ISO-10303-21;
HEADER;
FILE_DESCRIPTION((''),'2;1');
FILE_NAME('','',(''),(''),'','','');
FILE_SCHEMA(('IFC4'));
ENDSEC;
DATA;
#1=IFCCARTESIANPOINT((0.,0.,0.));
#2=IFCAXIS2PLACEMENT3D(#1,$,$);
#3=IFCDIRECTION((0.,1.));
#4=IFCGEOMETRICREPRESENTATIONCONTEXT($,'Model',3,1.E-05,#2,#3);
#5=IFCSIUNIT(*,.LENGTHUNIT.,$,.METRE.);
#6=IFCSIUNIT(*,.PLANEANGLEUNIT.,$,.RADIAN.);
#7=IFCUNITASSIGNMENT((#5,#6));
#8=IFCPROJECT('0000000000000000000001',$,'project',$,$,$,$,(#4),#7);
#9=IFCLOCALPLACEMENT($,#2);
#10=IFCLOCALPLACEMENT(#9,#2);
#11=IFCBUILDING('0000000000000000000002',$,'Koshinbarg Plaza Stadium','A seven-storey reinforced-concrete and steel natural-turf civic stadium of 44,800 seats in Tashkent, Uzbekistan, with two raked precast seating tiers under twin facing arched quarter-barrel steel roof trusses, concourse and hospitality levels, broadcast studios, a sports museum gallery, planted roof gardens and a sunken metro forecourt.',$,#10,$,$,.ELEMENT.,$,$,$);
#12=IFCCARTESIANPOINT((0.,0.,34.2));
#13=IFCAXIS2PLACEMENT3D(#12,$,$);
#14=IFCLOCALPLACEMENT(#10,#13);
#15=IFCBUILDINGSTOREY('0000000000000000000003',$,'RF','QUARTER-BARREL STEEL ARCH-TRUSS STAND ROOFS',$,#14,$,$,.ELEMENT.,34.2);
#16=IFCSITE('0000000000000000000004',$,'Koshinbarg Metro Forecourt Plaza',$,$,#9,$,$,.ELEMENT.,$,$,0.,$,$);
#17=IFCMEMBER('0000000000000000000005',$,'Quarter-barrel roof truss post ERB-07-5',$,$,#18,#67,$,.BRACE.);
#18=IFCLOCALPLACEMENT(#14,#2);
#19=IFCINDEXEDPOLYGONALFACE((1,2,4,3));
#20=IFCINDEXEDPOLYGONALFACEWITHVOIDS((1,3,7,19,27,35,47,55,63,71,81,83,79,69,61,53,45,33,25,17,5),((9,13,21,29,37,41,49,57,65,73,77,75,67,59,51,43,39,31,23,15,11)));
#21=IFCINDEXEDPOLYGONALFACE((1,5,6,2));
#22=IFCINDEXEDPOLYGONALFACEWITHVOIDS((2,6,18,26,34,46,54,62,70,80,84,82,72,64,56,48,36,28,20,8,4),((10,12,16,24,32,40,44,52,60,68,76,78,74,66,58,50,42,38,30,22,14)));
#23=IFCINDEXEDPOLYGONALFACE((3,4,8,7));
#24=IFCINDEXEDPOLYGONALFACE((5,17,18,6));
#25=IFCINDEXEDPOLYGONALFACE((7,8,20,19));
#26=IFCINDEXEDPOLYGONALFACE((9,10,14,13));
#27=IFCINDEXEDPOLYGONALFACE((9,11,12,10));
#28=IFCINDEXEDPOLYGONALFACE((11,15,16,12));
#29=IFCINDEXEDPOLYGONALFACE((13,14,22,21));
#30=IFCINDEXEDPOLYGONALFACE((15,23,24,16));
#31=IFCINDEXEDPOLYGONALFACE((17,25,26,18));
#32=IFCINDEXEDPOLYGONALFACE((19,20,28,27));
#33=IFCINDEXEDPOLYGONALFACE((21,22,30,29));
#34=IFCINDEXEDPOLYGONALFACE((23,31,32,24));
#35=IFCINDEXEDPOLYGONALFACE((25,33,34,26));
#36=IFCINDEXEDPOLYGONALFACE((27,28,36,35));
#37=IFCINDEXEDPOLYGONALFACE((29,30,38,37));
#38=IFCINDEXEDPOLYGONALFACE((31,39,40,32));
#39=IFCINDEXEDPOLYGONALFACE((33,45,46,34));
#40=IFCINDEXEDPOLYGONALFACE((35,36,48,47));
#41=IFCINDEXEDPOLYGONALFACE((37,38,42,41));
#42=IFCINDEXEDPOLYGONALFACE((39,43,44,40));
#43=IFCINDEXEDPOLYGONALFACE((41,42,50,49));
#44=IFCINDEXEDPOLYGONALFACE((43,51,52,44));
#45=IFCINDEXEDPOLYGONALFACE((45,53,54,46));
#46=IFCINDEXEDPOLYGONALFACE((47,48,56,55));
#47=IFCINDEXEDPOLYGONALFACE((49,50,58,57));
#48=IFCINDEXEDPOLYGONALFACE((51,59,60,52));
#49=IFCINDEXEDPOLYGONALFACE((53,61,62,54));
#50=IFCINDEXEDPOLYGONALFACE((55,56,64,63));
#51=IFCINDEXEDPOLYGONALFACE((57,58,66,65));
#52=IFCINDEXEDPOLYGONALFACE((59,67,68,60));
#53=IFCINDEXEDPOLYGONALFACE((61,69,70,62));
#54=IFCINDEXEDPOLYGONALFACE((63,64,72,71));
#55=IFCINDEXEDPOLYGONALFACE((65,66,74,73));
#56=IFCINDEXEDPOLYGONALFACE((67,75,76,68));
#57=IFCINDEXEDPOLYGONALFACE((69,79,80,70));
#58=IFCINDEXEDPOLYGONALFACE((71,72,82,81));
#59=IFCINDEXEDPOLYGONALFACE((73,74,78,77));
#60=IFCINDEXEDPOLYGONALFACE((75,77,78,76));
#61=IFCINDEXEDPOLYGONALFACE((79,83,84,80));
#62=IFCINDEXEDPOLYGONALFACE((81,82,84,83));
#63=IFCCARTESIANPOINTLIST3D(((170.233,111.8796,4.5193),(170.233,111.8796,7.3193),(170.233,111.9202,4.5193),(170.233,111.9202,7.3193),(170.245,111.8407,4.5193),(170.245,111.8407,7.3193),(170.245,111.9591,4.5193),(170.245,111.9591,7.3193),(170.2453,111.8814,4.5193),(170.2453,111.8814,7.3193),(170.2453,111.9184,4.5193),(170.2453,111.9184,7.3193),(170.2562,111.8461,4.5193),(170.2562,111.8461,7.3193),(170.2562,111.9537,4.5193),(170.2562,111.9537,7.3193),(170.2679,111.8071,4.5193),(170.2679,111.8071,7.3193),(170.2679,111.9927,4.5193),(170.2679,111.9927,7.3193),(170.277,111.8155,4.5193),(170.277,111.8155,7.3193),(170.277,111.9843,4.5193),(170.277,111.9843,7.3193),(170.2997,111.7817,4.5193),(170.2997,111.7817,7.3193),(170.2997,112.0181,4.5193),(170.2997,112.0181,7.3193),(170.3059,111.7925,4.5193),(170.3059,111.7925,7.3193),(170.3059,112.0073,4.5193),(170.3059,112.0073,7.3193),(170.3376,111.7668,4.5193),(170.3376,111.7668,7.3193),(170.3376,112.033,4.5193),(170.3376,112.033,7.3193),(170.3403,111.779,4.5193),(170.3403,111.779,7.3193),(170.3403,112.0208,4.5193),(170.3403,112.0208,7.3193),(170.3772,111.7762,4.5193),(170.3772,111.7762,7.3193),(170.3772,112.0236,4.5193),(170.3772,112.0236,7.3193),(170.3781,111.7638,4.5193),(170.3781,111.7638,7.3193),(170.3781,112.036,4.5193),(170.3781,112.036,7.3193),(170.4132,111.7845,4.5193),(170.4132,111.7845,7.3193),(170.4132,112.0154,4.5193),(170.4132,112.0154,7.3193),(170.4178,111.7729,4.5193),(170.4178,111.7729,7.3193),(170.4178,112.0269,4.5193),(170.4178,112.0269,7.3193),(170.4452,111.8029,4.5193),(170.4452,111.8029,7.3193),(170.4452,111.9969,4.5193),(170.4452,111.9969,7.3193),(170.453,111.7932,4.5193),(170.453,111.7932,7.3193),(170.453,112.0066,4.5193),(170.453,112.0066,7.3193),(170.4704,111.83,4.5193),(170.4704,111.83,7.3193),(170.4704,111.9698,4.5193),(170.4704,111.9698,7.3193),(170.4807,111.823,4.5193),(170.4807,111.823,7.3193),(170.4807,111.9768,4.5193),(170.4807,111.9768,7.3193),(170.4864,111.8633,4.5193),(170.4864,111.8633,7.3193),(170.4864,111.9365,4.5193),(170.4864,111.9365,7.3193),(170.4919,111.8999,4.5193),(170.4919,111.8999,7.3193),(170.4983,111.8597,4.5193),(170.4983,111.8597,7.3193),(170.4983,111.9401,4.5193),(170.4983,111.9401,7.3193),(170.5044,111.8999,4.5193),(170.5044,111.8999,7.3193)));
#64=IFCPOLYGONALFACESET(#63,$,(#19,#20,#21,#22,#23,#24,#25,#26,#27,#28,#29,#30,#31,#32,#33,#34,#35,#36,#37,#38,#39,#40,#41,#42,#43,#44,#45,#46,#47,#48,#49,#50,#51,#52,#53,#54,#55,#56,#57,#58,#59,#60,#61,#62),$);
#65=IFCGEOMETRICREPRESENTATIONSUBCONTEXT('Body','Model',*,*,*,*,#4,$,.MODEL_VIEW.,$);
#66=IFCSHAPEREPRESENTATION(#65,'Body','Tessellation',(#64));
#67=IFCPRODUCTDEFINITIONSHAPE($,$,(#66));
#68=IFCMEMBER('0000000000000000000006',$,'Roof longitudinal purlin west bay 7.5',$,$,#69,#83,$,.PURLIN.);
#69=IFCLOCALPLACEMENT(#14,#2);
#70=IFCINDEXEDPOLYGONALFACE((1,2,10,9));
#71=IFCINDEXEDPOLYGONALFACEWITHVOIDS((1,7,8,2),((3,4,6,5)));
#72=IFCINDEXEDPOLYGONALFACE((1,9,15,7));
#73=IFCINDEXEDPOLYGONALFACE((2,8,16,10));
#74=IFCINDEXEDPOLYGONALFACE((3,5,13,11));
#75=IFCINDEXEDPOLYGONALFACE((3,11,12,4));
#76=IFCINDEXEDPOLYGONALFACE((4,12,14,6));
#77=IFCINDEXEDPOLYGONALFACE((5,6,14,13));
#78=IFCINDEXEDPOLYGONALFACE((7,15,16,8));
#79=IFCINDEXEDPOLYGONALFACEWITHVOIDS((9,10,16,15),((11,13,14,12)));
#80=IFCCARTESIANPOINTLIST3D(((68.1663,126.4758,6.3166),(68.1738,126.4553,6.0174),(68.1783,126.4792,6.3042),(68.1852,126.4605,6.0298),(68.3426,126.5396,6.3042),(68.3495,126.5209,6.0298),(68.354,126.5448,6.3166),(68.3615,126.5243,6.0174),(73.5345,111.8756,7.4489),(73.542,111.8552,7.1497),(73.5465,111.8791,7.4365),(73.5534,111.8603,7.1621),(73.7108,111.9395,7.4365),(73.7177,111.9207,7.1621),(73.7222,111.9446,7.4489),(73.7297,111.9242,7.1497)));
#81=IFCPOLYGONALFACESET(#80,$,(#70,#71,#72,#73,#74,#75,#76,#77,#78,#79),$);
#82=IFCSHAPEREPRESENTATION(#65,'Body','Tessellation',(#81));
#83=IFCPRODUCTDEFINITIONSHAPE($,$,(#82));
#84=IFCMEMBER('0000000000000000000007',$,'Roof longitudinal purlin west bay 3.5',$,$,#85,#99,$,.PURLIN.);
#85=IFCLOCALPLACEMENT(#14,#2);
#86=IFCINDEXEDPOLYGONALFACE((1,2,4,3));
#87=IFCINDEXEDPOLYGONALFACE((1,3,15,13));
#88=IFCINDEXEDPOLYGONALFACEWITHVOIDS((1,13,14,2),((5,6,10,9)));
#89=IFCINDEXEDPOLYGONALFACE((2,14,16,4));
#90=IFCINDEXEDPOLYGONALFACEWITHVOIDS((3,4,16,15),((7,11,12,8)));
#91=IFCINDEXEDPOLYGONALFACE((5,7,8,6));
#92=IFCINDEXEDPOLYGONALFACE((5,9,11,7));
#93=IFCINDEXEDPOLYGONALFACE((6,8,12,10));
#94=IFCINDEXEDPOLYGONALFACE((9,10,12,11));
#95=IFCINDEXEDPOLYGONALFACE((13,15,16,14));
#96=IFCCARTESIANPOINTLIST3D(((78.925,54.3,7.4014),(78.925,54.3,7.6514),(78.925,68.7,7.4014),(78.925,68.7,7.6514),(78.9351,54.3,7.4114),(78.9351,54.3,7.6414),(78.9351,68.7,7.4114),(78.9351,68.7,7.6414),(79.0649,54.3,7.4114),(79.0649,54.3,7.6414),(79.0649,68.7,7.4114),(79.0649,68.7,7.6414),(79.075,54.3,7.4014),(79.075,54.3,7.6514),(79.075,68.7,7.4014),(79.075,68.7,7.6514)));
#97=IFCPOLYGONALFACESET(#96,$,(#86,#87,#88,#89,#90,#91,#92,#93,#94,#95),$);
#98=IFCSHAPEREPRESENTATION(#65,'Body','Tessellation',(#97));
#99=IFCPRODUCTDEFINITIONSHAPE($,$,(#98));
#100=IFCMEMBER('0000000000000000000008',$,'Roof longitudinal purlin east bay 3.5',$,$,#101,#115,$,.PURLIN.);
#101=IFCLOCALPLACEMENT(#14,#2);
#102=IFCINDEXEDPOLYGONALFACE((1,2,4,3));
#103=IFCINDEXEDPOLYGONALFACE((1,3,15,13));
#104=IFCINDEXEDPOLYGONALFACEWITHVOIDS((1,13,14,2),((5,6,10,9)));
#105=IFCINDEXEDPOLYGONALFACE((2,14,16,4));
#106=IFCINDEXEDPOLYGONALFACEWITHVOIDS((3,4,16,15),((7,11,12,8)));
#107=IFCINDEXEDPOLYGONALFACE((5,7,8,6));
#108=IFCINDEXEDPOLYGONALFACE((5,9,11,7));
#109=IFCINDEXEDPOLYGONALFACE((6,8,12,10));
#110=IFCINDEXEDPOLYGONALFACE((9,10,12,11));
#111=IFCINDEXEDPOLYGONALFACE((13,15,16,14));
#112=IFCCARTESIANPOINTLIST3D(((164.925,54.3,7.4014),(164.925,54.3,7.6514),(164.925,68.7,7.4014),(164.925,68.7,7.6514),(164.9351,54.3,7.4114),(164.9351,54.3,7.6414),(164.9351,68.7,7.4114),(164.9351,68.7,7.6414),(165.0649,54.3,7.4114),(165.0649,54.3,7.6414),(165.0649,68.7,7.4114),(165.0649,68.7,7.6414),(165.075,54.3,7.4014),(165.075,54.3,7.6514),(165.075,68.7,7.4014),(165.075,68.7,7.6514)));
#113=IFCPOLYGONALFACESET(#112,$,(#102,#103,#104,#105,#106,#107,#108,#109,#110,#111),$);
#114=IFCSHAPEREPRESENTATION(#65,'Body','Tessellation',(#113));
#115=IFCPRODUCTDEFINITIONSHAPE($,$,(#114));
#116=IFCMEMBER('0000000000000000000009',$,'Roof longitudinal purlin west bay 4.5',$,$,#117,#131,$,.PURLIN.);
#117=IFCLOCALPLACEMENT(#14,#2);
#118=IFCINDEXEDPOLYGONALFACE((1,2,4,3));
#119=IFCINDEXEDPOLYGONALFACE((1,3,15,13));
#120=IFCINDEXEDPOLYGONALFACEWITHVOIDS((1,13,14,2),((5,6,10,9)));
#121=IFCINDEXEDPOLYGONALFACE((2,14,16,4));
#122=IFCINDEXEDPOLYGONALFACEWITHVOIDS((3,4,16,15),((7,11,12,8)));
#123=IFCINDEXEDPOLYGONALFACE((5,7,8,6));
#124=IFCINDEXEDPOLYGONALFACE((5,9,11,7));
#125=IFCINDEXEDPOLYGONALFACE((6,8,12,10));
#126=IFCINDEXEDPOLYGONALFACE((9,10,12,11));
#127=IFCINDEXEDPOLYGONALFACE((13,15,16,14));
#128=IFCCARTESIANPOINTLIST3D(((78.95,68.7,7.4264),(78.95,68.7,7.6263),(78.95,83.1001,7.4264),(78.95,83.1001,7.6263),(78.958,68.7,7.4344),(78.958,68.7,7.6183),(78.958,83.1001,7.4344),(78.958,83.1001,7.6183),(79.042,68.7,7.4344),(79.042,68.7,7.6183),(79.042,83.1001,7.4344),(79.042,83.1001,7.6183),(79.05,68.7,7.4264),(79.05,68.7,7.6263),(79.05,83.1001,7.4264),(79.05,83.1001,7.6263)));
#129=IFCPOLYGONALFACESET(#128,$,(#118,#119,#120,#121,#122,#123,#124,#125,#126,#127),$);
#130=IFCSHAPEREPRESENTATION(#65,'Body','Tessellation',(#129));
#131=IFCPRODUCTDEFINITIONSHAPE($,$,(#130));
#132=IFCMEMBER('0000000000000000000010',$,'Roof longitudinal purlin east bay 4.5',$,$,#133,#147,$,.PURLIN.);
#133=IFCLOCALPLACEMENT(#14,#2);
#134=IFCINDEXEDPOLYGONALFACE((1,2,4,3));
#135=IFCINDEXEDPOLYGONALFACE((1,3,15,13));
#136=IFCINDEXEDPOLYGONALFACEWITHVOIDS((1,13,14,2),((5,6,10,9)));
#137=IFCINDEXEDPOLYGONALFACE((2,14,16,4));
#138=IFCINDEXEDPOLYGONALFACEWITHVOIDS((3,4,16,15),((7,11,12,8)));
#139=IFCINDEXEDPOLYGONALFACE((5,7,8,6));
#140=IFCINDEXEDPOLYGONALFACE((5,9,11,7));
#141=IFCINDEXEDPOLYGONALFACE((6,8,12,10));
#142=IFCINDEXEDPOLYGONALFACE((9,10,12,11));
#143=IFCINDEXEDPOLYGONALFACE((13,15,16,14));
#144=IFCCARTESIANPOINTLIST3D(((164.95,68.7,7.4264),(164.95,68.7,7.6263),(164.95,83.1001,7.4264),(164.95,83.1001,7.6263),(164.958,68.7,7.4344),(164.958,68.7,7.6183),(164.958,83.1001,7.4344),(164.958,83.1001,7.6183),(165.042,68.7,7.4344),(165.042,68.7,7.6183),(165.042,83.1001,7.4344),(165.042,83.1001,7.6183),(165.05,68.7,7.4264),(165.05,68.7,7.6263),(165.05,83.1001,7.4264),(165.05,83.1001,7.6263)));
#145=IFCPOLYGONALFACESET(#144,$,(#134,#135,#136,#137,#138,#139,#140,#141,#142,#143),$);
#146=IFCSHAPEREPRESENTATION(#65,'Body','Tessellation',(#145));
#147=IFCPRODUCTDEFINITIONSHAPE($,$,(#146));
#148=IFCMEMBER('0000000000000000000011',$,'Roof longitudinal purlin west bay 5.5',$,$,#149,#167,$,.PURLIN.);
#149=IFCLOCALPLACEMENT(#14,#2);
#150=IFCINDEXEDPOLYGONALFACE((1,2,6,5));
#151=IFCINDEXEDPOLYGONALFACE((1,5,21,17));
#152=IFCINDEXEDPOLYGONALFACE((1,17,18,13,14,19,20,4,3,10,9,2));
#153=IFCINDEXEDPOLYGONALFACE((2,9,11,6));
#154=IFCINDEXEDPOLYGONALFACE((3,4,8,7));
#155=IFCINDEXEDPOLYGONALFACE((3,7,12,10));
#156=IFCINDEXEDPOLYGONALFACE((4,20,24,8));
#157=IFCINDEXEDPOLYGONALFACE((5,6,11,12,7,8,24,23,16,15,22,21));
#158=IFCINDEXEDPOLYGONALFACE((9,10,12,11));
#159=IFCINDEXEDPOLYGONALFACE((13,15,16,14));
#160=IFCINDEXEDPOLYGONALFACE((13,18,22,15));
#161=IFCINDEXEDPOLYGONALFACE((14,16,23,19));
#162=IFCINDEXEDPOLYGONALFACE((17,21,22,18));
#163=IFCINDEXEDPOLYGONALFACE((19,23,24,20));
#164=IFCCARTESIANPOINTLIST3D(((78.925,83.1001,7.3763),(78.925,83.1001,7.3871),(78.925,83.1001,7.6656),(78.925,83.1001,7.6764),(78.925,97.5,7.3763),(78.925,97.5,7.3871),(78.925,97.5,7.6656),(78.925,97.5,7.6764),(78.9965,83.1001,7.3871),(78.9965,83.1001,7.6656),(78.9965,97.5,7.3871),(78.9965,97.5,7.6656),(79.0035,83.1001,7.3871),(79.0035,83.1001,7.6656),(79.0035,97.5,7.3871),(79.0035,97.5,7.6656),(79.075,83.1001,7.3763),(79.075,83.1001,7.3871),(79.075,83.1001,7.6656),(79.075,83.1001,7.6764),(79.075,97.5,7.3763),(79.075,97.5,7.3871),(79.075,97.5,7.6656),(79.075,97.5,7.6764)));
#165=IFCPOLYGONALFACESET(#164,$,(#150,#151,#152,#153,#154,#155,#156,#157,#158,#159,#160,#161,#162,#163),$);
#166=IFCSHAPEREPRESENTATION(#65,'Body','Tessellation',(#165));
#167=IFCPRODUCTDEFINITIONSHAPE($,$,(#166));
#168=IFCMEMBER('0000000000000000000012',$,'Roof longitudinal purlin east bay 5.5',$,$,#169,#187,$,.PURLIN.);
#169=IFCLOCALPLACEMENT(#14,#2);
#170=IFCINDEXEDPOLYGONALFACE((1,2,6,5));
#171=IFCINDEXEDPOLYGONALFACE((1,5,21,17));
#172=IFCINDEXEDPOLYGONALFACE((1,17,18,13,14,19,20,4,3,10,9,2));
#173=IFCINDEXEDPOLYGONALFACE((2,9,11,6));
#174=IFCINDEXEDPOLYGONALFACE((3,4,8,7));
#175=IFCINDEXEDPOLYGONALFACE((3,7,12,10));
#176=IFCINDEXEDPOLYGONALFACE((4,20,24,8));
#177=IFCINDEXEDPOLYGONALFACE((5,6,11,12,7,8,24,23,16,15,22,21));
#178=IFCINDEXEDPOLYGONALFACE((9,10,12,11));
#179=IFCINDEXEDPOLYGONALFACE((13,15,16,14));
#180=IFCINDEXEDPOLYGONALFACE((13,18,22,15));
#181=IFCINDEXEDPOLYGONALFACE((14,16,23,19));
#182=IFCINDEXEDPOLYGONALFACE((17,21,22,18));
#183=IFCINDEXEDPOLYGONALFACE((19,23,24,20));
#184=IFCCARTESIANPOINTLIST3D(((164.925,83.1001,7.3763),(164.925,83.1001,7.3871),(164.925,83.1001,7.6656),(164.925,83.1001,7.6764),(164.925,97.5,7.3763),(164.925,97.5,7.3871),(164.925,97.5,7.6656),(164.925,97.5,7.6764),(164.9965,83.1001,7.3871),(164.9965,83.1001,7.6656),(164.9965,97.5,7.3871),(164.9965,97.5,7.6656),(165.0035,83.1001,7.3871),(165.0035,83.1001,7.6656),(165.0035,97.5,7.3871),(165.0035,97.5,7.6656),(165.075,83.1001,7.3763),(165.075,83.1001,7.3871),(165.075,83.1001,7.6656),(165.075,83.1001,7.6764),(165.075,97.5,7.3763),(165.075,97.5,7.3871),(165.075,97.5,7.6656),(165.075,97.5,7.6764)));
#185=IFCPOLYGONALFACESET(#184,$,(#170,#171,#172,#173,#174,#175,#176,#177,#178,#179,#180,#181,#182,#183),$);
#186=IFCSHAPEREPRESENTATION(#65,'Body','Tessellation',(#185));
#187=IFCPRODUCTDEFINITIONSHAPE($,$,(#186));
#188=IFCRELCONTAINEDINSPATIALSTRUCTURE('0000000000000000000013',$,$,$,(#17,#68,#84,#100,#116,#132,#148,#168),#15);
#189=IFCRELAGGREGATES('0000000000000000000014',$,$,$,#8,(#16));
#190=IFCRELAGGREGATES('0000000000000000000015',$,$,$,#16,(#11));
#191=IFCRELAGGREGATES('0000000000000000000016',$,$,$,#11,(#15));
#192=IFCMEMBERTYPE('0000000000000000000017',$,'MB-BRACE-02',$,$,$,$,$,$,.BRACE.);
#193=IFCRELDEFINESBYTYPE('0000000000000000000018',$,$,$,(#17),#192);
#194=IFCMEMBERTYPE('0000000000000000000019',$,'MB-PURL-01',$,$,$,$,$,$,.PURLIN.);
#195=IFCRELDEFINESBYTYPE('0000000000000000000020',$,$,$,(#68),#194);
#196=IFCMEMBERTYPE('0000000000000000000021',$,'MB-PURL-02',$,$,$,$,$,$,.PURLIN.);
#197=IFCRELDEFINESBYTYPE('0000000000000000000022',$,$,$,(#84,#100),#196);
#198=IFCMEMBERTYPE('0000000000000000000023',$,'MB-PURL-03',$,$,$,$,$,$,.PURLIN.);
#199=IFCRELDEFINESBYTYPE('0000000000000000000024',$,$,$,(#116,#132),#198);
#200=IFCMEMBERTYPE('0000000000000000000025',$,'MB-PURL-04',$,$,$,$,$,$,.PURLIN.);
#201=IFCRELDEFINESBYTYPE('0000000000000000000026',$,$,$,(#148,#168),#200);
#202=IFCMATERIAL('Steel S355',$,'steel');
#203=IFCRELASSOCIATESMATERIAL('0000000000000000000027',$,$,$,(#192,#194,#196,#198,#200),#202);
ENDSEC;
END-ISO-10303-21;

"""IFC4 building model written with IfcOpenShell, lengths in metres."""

from ifc_helpers import new_model, si_unit, direction, frame, origin, origin_2d, place, context, subcontext, project, spatial, hollow_rectangle, hollow_circle, i_section, extrude, material, material_profile, profile_set, type_object, element, save


model = new_model("IFC4")

# Units and contexts
model_context = context("Model", 3, precision=1e-05, world=origin(), true_north=direction((0.0, 1.0)))
body_context = subcontext(model_context, "Body", "Model", "MODEL_VIEW")
ifc_project = project(units=[si_unit("LENGTHUNIT", "METRE"), si_unit("PLANEANGLEUNIT", "RADIAN")], contexts=[model_context])

# Site, building, storey
site_placement = place(None, origin())
site = spatial("IfcSite", under=ifc_project, at=site_placement, Name="Koshinbarg Metro Forecourt Plaza", CompositionType="ELEMENT", RefElevation=0.0)
building_placement = place(site_placement, origin())
building = spatial("IfcBuilding", under=site, at=building_placement, Name="Koshinbarg Plaza Stadium", Description="A seven-storey reinforced-concrete and steel natural-turf civic stadium of 44,800 seats in Tashkent, Uzbekistan, with two raked precast seating tiers under twin facing arched quarter-barrel steel roof trusses, concourse and hospitality levels, broadcast studios, a sports museum gallery, planted roof gardens and a sunken metro forecourt.", CompositionType="ELEMENT")
storey_placement = place(building_placement, frame((0.0, 0.0, 34.2)))
storey = spatial("IfcBuildingStorey", under=building, at=storey_placement, Name="RF", Description="QUARTER-BARREL STEEL ARCH-TRUSS STAND ROOFS", CompositionType="ELEMENT", Elevation=34.2)

# Members
ifc_material = material(Name="Steel S355", Category="steel")
ifc_material_profile_1 = material_profile(ifc_material, hollow_circle(Radius=0.1365, WallThickness=0.0125, at=origin_2d()), Name="CHS 273x12.5")
ifc_profile_set_1 = profile_set([ifc_material_profile_1], Name="Steel S355")
member_type_1 = type_object("IfcMemberType", Name="MB-BRACE-02", PredefinedType="BRACE", material=ifc_profile_set_1)
for number, where, z_axis, x_axis, name in (
    (1, (170.3679, 111.8999, 4.5193), (0.0, 0.0, 1.0), (1.0, 0.0, 0.0), "Quarter-barrel roof truss post ERB-07-5"),
):
    element("IfcMember", number, at=place(storey_placement, frame(where, z_axis=z_axis, x_axis=x_axis)), inside=storey, type_object=member_type_1, Name=name, PredefinedType="BRACE", context=body_context, shape_type="SweptSolid", body=[
        extrude(hollow_circle(Radius=0.1365, WallThickness=0.0125, at=origin_2d()), origin(), (0.0, 0.0, 1.0), 2.8),
    ])
ifc_material_profile_2 = material_profile(ifc_material, hollow_rectangle(XDim=0.2, YDim=0.3, WallThickness=0.0125, at=origin_2d()), Name="RHS 300x200x12.5")
ifc_profile_set_2 = profile_set([ifc_material_profile_2], Name="Steel S355")
member_type_2 = type_object("IfcMemberType", Name="MB-PURL-01", PredefinedType="PURLIN", material=ifc_profile_set_2)
member_placement = place(storey_placement, frame((73.6321, 111.8999, 7.2993), z_axis=(-0.344182, 0.936092, -0.072599), x_axis=(-0.938569, -0.345093, 0.0)))
element("IfcMember", 2, at=member_placement, inside=storey, type_object=member_type_2, Name="Roof longitudinal purlin west bay 7.5", PredefinedType="PURLIN", context=body_context, shape_type="SweptSolid", body=[
    extrude(hollow_rectangle(XDim=0.2, YDim=0.3, WallThickness=0.0125, at=origin_2d()), origin(), (0.0, 0.0, 1.0), 15.5969),
])
ifc_material_profile_3 = material_profile(ifc_material, hollow_rectangle(XDim=0.1499, YDim=0.25, WallThickness=0.01, at=origin_2d()), Name="RHS 250x150x10")
ifc_profile_set_3 = profile_set([ifc_material_profile_3], Name="Steel S355")
member_type_3 = type_object("IfcMemberType", Name="MB-PURL-02", PredefinedType="PURLIN", material=ifc_profile_set_3)
for number, where, z_axis, x_axis, name in (
    (3, (79.0, 54.3, 7.5264), (0.0, 1.0, 0.0), (-1.0, 0.0, 0.0), "Roof longitudinal purlin west bay 3.5"),
    (4, (165.0, 54.3, 7.5264), (0.0, 1.0, 0.0), (-1.0, 0.0, 0.0), "Roof longitudinal purlin east bay 3.5"),
):
    element("IfcMember", number, at=place(storey_placement, frame(where, z_axis=z_axis, x_axis=x_axis)), inside=storey, type_object=member_type_3, Name=name, PredefinedType="PURLIN", context=body_context, shape_type="SweptSolid", body=[
        extrude(hollow_rectangle(XDim=0.1499, YDim=0.25, WallThickness=0.01, at=origin_2d()), origin(), (0.0, 0.0, 1.0), 14.3999),
    ])
ifc_material_profile_4 = material_profile(ifc_material, hollow_rectangle(XDim=0.1001, YDim=0.2, WallThickness=0.0081, at=origin_2d()), Name="RHS 200x100x8")
ifc_profile_set_4 = profile_set([ifc_material_profile_4], Name="Steel S355")
member_type_4 = type_object("IfcMemberType", Name="MB-PURL-03", PredefinedType="PURLIN", material=ifc_profile_set_4)
for number, where, z_axis, x_axis, name in (
    (5, (79.0, 68.7, 7.5264), (0.0, 1.0, 0.0), (-1.0, 0.0, 0.0), "Roof longitudinal purlin west bay 4.5"),
    (6, (165.0, 68.7, 7.5264), (0.0, 1.0, 0.0), (-1.0, 0.0, 0.0), "Roof longitudinal purlin east bay 4.5"),
):
    element("IfcMember", number, at=place(storey_placement, frame(where, z_axis=z_axis, x_axis=x_axis)), inside=storey, type_object=member_type_4, Name=name, PredefinedType="PURLIN", context=body_context, shape_type="SweptSolid", body=[
        extrude(hollow_rectangle(XDim=0.1001, YDim=0.2, WallThickness=0.0081, at=origin_2d()), origin(), (0.0, 0.0, 1.0), 14.4001),
    ])
ifc_material_profile_5 = material_profile(ifc_material, i_section(OverallWidth=0.1499, OverallDepth=0.3, WebThickness=0.0071, FlangeThickness=0.0107, at=origin_2d()), Name="IPE 300")
ifc_profile_set_5 = profile_set([ifc_material_profile_5], Name="Steel S355")
member_type_5 = type_object("IfcMemberType", Name="MB-PURL-04", PredefinedType="PURLIN", material=ifc_profile_set_5)
for number, where, z_axis, x_axis, name in (
    (7, (79.0, 83.1001, 7.5264), (0.0, 1.0, 0.0), (-1.0, 0.0, 0.0), "Roof longitudinal purlin west bay 5.5"),
    (8, (165.0, 83.1001, 7.5264), (0.0, 1.0, 0.0), (-1.0, 0.0, 0.0), "Roof longitudinal purlin east bay 5.5"),
):
    element("IfcMember", number, at=place(storey_placement, frame(where, z_axis=z_axis, x_axis=x_axis)), inside=storey, type_object=member_type_5, Name=name, PredefinedType="PURLIN", context=body_context, shape_type="SweptSolid", body=[
        extrude(i_section(OverallWidth=0.1499, OverallDepth=0.3, WebThickness=0.0071, FlangeThickness=0.0107, at=origin_2d()), origin(), (0.0, 0.0, 1.0), 14.3999),
    ])

save(model, "model.ifc")
